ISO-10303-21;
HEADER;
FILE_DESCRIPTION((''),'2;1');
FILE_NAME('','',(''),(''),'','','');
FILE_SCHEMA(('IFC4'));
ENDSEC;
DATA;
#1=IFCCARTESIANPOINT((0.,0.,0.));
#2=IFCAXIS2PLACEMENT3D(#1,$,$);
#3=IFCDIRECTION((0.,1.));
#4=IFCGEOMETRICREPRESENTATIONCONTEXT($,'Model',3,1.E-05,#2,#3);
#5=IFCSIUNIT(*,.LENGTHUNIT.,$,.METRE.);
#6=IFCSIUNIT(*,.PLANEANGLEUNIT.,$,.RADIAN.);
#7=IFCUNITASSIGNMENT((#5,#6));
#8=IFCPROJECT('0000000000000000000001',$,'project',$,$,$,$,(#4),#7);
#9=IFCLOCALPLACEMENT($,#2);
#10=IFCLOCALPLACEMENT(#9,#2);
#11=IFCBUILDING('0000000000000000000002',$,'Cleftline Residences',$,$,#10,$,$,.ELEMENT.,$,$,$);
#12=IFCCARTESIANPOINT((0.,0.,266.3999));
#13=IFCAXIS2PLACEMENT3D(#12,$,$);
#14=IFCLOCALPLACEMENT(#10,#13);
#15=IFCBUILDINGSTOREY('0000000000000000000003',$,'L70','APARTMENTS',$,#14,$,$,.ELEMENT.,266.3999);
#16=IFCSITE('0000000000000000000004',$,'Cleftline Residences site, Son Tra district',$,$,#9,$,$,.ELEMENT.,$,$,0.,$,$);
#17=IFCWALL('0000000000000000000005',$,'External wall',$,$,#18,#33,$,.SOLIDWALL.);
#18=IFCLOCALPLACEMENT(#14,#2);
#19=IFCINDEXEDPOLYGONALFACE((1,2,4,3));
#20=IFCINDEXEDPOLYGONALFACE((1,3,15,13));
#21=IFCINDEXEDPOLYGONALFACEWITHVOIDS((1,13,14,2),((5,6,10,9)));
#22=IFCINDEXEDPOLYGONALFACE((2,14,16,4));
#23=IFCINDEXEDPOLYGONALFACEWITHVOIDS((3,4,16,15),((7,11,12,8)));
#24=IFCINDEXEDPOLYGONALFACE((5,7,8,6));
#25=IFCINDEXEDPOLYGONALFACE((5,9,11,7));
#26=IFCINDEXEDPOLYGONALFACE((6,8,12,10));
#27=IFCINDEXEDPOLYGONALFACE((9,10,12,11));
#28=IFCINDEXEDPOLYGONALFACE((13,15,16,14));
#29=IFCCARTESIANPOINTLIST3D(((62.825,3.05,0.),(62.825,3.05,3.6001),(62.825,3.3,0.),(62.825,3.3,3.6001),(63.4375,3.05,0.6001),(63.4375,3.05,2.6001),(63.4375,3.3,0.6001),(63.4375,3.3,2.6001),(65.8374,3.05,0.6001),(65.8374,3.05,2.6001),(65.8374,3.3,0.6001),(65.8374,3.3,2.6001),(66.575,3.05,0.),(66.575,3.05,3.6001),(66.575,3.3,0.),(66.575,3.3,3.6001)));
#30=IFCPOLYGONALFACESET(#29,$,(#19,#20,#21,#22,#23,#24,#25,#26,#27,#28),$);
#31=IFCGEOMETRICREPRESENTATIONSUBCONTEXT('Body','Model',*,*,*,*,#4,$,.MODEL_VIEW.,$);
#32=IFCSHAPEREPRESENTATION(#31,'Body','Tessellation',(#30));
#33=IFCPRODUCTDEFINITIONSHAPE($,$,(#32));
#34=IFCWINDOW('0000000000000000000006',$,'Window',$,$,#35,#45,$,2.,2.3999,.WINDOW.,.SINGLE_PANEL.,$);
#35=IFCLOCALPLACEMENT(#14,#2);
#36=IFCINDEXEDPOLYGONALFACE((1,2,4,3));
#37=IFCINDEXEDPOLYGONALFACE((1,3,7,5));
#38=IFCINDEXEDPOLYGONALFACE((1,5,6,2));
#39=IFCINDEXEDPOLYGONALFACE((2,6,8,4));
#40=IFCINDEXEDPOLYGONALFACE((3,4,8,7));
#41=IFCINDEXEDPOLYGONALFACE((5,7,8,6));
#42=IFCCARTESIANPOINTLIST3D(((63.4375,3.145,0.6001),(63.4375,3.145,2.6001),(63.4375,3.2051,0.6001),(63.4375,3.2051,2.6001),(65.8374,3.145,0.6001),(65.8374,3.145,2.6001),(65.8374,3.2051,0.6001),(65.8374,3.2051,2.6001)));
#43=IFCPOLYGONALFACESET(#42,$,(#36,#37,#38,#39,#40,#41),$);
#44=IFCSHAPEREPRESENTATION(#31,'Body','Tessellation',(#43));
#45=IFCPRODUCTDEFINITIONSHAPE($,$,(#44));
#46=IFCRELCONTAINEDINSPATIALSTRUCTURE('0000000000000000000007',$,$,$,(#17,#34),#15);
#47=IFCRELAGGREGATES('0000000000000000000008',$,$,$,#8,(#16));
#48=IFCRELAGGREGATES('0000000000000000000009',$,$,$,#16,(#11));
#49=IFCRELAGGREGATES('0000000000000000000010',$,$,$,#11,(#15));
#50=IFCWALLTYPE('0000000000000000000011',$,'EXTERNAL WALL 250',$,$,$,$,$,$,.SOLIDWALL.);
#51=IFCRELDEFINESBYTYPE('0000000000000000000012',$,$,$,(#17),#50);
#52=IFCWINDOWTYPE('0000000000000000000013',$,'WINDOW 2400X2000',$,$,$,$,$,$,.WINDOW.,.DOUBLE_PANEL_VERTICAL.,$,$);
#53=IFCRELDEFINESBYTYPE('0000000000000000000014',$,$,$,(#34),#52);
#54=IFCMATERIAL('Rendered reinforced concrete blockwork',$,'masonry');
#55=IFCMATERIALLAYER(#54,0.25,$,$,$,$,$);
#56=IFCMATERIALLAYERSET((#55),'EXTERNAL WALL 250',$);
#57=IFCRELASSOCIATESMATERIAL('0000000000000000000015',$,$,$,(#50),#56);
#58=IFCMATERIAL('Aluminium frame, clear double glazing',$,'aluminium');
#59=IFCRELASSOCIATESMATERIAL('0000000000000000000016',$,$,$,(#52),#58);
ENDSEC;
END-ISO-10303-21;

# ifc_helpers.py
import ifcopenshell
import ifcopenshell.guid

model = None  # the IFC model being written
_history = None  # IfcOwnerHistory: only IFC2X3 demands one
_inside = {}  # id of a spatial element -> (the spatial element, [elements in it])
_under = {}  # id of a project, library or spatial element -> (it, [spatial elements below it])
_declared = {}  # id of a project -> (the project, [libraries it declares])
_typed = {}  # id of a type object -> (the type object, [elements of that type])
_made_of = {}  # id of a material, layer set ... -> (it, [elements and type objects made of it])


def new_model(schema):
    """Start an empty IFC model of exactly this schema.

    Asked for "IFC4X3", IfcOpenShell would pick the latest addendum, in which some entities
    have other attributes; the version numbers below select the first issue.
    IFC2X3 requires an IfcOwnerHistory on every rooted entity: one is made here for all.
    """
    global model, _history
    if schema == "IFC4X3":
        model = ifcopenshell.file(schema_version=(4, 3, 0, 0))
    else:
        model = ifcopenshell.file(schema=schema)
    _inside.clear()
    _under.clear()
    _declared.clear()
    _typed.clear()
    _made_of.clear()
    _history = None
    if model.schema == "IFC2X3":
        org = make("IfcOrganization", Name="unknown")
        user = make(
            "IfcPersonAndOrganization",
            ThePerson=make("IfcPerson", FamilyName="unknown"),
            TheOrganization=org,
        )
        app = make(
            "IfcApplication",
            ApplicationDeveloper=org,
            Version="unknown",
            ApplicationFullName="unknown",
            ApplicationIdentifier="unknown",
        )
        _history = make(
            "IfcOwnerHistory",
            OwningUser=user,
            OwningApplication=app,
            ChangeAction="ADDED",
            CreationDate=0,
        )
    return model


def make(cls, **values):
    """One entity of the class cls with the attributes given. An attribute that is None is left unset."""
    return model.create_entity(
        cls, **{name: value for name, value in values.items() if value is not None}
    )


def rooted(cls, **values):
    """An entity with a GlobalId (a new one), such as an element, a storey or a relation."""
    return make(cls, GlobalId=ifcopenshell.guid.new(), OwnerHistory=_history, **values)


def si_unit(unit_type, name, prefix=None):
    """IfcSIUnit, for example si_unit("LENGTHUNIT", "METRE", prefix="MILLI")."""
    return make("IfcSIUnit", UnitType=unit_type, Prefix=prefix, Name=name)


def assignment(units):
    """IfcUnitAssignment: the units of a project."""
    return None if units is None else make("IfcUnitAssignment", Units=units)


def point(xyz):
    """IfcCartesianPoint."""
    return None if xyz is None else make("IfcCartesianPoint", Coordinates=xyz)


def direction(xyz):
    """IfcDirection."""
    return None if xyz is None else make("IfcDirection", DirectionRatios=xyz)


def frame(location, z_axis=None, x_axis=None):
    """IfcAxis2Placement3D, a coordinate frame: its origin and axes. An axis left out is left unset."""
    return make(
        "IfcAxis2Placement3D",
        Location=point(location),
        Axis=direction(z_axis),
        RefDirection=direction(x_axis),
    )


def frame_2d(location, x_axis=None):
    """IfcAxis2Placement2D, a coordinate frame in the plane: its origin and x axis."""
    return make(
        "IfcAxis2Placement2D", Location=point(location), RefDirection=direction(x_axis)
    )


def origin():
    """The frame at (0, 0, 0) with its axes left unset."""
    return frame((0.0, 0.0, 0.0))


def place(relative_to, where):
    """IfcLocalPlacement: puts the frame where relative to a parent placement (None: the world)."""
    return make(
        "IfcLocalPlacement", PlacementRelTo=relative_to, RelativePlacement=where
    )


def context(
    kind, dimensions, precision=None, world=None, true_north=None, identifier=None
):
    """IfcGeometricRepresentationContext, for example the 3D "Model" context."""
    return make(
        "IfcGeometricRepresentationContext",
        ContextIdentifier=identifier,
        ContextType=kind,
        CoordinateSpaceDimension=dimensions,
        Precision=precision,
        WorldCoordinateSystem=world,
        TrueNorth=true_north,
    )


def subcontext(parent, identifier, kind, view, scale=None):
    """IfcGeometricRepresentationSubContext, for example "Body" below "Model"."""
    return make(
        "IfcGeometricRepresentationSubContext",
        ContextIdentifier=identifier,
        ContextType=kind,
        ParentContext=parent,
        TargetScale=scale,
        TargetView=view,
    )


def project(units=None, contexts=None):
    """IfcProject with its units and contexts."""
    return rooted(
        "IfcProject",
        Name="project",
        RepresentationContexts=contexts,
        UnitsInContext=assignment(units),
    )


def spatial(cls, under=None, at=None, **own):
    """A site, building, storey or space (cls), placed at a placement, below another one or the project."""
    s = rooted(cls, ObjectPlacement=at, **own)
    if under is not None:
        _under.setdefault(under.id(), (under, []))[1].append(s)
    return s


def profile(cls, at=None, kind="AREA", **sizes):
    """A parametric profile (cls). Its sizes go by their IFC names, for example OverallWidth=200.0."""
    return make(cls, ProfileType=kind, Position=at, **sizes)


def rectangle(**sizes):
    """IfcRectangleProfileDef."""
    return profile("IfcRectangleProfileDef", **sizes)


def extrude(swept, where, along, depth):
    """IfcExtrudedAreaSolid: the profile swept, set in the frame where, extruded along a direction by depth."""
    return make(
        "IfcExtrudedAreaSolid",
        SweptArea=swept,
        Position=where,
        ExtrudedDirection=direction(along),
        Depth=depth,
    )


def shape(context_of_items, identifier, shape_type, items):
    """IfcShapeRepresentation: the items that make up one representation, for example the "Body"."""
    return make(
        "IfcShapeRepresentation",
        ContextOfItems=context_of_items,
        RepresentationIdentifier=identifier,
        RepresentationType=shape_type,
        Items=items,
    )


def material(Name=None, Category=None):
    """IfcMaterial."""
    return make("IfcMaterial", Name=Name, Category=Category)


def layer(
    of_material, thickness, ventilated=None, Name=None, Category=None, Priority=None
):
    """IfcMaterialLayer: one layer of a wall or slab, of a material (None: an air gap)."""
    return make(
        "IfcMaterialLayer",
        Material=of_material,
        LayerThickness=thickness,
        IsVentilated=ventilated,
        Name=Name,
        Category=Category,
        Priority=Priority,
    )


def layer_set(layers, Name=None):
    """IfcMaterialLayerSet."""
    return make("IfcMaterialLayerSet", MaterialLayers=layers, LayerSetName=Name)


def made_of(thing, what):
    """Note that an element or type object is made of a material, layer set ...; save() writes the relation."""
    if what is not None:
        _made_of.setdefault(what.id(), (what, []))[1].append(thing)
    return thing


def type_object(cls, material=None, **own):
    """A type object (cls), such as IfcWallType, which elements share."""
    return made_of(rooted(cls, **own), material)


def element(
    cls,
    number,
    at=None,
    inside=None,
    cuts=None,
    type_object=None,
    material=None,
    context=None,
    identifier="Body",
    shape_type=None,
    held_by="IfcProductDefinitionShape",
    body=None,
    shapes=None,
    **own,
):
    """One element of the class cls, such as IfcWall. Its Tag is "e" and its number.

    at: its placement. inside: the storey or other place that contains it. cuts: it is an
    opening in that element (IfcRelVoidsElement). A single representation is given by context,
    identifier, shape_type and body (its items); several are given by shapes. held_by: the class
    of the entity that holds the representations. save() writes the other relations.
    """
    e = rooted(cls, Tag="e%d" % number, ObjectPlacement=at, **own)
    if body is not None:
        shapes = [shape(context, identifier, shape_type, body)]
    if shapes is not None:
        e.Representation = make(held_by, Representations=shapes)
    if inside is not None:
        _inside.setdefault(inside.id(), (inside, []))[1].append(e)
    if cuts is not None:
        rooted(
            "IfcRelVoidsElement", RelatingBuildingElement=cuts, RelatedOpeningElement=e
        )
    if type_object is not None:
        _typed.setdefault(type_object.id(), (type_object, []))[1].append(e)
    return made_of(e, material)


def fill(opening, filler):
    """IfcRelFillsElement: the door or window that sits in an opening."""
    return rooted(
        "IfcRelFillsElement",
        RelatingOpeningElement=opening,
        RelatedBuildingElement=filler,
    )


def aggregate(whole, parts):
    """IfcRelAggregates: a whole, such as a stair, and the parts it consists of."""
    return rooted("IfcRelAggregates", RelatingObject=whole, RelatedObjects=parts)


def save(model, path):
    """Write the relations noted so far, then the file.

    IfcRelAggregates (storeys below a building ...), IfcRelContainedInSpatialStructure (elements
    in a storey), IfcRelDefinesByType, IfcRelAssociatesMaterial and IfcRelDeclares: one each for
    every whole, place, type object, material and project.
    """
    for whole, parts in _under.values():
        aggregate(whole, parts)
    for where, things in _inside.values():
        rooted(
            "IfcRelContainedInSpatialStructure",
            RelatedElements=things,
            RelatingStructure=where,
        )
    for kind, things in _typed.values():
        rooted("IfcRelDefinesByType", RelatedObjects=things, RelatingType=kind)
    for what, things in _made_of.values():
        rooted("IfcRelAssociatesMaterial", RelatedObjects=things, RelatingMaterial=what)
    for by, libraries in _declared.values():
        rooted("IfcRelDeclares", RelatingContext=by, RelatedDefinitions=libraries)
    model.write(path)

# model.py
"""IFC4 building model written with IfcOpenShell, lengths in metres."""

from ifc_helpers import new_model, si_unit, direction, frame, frame_2d, origin, place, context, subcontext, project, spatial, rectangle, extrude, material, layer, layer_set, type_object, element, fill, save


model = new_model("IFC4")

# Units and contexts
model_context = context("Model", 3, precision=1e-05, world=origin(), true_north=direction((0.0, 1.0)))
body_context = subcontext(model_context, "Body", "Model", "MODEL_VIEW")
ifc_project = project(units=[si_unit("LENGTHUNIT", "METRE"), si_unit("PLANEANGLEUNIT", "RADIAN")], contexts=[model_context])

# Site, building, storey
site_placement = place(None, origin())
site = spatial("IfcSite", under=ifc_project, at=site_placement, Name="Cleftline Residences site, Son Tra district", CompositionType="ELEMENT", RefElevation=0.0)
building_placement = place(site_placement, origin())
building = spatial("IfcBuilding", under=site, at=building_placement, Name="Cleftline Residences", CompositionType="ELEMENT")
storey_placement = place(building_placement, frame((0.0, 0.0, 266.3999)))
storey = spatial("IfcBuildingStorey", under=building, at=storey_placement, Name="L70", Description="APARTMENTS", CompositionType="ELEMENT", Elevation=266.3999)

# Wall, opening, window
ifc_material_1 = material(Name="Rendered reinforced concrete blockwork", Category="masonry")
ifc_layer_1 = layer(ifc_material_1, 0.25)
ifc_layer_set_1 = layer_set([ifc_layer_1], Name="EXTERNAL WALL 250")
wall_type = type_object("IfcWallType", Name="EXTERNAL WALL 250", PredefinedType="SOLIDWALL", material=ifc_layer_set_1)
ifc_material_2 = material(Name="Aluminium frame, clear double glazing", Category="aluminium")
window_type_1 = type_object("IfcWindowType", Name="WINDOW 2400X2000", PartitioningType="DOUBLE_PANEL_VERTICAL", PredefinedType="WINDOW", material=ifc_material_2)
wall_1_placement = place(storey_placement, frame((62.825, 3.175, 0.0), z_axis=(0.0, 0.0, 1.0), x_axis=(1.0, 0.0, 0.0)))
wall_1 = element("IfcWall", 1, at=wall_1_placement, inside=storey, type_object=wall_type, Name="External wall", PredefinedType="SOLIDWALL", context=body_context, shape_type="SweptSolid", body=[
    extrude(rectangle(XDim=3.75, YDim=0.25, at=frame_2d((1.875, 0.0))), origin(), (0.0, 0.0, 1.0), 3.6001),
])
opening_1_placement = place(wall_1_placement, frame((0.6125, 0.0, 0.6001)))
opening_1 = element("IfcOpeningElement", 2, at=opening_1_placement, cuts=wall_1, PredefinedType="OPENING", context=body_context, shape_type="SweptSolid", body=[
    extrude(rectangle(XDim=2.3999, YDim=2.0, at=frame_2d((1.2, 1.0))), frame((0.0, 0.135, 0.0), z_axis=(0.0, -1.0, 0.0), x_axis=(1.0, 0.0, 0.0)), (0.0, 0.0, 1.0), 0.27),
])
window_1_placement = place(opening_1_placement, origin())
window_1 = element("IfcWindow", 3, at=window_1_placement, inside=storey, type_object=window_type_1, Name="Window", OverallHeight=2.0, OverallWidth=2.3999, PartitioningType="SINGLE_PANEL", PredefinedType="WINDOW", context=body_context, shape_type="SweptSolid", body=[
    extrude(rectangle(XDim=2.3999, YDim=2.0, at=frame_2d((1.2, 1.0))), frame((0.0, 0.03, 0.0), z_axis=(0.0, -1.0, 0.0), x_axis=(1.0, 0.0, 0.0)), (0.0, 0.0, 1.0), 0.0601),
])
fill(opening_1, window_1)

save(model, "model.ifc")
